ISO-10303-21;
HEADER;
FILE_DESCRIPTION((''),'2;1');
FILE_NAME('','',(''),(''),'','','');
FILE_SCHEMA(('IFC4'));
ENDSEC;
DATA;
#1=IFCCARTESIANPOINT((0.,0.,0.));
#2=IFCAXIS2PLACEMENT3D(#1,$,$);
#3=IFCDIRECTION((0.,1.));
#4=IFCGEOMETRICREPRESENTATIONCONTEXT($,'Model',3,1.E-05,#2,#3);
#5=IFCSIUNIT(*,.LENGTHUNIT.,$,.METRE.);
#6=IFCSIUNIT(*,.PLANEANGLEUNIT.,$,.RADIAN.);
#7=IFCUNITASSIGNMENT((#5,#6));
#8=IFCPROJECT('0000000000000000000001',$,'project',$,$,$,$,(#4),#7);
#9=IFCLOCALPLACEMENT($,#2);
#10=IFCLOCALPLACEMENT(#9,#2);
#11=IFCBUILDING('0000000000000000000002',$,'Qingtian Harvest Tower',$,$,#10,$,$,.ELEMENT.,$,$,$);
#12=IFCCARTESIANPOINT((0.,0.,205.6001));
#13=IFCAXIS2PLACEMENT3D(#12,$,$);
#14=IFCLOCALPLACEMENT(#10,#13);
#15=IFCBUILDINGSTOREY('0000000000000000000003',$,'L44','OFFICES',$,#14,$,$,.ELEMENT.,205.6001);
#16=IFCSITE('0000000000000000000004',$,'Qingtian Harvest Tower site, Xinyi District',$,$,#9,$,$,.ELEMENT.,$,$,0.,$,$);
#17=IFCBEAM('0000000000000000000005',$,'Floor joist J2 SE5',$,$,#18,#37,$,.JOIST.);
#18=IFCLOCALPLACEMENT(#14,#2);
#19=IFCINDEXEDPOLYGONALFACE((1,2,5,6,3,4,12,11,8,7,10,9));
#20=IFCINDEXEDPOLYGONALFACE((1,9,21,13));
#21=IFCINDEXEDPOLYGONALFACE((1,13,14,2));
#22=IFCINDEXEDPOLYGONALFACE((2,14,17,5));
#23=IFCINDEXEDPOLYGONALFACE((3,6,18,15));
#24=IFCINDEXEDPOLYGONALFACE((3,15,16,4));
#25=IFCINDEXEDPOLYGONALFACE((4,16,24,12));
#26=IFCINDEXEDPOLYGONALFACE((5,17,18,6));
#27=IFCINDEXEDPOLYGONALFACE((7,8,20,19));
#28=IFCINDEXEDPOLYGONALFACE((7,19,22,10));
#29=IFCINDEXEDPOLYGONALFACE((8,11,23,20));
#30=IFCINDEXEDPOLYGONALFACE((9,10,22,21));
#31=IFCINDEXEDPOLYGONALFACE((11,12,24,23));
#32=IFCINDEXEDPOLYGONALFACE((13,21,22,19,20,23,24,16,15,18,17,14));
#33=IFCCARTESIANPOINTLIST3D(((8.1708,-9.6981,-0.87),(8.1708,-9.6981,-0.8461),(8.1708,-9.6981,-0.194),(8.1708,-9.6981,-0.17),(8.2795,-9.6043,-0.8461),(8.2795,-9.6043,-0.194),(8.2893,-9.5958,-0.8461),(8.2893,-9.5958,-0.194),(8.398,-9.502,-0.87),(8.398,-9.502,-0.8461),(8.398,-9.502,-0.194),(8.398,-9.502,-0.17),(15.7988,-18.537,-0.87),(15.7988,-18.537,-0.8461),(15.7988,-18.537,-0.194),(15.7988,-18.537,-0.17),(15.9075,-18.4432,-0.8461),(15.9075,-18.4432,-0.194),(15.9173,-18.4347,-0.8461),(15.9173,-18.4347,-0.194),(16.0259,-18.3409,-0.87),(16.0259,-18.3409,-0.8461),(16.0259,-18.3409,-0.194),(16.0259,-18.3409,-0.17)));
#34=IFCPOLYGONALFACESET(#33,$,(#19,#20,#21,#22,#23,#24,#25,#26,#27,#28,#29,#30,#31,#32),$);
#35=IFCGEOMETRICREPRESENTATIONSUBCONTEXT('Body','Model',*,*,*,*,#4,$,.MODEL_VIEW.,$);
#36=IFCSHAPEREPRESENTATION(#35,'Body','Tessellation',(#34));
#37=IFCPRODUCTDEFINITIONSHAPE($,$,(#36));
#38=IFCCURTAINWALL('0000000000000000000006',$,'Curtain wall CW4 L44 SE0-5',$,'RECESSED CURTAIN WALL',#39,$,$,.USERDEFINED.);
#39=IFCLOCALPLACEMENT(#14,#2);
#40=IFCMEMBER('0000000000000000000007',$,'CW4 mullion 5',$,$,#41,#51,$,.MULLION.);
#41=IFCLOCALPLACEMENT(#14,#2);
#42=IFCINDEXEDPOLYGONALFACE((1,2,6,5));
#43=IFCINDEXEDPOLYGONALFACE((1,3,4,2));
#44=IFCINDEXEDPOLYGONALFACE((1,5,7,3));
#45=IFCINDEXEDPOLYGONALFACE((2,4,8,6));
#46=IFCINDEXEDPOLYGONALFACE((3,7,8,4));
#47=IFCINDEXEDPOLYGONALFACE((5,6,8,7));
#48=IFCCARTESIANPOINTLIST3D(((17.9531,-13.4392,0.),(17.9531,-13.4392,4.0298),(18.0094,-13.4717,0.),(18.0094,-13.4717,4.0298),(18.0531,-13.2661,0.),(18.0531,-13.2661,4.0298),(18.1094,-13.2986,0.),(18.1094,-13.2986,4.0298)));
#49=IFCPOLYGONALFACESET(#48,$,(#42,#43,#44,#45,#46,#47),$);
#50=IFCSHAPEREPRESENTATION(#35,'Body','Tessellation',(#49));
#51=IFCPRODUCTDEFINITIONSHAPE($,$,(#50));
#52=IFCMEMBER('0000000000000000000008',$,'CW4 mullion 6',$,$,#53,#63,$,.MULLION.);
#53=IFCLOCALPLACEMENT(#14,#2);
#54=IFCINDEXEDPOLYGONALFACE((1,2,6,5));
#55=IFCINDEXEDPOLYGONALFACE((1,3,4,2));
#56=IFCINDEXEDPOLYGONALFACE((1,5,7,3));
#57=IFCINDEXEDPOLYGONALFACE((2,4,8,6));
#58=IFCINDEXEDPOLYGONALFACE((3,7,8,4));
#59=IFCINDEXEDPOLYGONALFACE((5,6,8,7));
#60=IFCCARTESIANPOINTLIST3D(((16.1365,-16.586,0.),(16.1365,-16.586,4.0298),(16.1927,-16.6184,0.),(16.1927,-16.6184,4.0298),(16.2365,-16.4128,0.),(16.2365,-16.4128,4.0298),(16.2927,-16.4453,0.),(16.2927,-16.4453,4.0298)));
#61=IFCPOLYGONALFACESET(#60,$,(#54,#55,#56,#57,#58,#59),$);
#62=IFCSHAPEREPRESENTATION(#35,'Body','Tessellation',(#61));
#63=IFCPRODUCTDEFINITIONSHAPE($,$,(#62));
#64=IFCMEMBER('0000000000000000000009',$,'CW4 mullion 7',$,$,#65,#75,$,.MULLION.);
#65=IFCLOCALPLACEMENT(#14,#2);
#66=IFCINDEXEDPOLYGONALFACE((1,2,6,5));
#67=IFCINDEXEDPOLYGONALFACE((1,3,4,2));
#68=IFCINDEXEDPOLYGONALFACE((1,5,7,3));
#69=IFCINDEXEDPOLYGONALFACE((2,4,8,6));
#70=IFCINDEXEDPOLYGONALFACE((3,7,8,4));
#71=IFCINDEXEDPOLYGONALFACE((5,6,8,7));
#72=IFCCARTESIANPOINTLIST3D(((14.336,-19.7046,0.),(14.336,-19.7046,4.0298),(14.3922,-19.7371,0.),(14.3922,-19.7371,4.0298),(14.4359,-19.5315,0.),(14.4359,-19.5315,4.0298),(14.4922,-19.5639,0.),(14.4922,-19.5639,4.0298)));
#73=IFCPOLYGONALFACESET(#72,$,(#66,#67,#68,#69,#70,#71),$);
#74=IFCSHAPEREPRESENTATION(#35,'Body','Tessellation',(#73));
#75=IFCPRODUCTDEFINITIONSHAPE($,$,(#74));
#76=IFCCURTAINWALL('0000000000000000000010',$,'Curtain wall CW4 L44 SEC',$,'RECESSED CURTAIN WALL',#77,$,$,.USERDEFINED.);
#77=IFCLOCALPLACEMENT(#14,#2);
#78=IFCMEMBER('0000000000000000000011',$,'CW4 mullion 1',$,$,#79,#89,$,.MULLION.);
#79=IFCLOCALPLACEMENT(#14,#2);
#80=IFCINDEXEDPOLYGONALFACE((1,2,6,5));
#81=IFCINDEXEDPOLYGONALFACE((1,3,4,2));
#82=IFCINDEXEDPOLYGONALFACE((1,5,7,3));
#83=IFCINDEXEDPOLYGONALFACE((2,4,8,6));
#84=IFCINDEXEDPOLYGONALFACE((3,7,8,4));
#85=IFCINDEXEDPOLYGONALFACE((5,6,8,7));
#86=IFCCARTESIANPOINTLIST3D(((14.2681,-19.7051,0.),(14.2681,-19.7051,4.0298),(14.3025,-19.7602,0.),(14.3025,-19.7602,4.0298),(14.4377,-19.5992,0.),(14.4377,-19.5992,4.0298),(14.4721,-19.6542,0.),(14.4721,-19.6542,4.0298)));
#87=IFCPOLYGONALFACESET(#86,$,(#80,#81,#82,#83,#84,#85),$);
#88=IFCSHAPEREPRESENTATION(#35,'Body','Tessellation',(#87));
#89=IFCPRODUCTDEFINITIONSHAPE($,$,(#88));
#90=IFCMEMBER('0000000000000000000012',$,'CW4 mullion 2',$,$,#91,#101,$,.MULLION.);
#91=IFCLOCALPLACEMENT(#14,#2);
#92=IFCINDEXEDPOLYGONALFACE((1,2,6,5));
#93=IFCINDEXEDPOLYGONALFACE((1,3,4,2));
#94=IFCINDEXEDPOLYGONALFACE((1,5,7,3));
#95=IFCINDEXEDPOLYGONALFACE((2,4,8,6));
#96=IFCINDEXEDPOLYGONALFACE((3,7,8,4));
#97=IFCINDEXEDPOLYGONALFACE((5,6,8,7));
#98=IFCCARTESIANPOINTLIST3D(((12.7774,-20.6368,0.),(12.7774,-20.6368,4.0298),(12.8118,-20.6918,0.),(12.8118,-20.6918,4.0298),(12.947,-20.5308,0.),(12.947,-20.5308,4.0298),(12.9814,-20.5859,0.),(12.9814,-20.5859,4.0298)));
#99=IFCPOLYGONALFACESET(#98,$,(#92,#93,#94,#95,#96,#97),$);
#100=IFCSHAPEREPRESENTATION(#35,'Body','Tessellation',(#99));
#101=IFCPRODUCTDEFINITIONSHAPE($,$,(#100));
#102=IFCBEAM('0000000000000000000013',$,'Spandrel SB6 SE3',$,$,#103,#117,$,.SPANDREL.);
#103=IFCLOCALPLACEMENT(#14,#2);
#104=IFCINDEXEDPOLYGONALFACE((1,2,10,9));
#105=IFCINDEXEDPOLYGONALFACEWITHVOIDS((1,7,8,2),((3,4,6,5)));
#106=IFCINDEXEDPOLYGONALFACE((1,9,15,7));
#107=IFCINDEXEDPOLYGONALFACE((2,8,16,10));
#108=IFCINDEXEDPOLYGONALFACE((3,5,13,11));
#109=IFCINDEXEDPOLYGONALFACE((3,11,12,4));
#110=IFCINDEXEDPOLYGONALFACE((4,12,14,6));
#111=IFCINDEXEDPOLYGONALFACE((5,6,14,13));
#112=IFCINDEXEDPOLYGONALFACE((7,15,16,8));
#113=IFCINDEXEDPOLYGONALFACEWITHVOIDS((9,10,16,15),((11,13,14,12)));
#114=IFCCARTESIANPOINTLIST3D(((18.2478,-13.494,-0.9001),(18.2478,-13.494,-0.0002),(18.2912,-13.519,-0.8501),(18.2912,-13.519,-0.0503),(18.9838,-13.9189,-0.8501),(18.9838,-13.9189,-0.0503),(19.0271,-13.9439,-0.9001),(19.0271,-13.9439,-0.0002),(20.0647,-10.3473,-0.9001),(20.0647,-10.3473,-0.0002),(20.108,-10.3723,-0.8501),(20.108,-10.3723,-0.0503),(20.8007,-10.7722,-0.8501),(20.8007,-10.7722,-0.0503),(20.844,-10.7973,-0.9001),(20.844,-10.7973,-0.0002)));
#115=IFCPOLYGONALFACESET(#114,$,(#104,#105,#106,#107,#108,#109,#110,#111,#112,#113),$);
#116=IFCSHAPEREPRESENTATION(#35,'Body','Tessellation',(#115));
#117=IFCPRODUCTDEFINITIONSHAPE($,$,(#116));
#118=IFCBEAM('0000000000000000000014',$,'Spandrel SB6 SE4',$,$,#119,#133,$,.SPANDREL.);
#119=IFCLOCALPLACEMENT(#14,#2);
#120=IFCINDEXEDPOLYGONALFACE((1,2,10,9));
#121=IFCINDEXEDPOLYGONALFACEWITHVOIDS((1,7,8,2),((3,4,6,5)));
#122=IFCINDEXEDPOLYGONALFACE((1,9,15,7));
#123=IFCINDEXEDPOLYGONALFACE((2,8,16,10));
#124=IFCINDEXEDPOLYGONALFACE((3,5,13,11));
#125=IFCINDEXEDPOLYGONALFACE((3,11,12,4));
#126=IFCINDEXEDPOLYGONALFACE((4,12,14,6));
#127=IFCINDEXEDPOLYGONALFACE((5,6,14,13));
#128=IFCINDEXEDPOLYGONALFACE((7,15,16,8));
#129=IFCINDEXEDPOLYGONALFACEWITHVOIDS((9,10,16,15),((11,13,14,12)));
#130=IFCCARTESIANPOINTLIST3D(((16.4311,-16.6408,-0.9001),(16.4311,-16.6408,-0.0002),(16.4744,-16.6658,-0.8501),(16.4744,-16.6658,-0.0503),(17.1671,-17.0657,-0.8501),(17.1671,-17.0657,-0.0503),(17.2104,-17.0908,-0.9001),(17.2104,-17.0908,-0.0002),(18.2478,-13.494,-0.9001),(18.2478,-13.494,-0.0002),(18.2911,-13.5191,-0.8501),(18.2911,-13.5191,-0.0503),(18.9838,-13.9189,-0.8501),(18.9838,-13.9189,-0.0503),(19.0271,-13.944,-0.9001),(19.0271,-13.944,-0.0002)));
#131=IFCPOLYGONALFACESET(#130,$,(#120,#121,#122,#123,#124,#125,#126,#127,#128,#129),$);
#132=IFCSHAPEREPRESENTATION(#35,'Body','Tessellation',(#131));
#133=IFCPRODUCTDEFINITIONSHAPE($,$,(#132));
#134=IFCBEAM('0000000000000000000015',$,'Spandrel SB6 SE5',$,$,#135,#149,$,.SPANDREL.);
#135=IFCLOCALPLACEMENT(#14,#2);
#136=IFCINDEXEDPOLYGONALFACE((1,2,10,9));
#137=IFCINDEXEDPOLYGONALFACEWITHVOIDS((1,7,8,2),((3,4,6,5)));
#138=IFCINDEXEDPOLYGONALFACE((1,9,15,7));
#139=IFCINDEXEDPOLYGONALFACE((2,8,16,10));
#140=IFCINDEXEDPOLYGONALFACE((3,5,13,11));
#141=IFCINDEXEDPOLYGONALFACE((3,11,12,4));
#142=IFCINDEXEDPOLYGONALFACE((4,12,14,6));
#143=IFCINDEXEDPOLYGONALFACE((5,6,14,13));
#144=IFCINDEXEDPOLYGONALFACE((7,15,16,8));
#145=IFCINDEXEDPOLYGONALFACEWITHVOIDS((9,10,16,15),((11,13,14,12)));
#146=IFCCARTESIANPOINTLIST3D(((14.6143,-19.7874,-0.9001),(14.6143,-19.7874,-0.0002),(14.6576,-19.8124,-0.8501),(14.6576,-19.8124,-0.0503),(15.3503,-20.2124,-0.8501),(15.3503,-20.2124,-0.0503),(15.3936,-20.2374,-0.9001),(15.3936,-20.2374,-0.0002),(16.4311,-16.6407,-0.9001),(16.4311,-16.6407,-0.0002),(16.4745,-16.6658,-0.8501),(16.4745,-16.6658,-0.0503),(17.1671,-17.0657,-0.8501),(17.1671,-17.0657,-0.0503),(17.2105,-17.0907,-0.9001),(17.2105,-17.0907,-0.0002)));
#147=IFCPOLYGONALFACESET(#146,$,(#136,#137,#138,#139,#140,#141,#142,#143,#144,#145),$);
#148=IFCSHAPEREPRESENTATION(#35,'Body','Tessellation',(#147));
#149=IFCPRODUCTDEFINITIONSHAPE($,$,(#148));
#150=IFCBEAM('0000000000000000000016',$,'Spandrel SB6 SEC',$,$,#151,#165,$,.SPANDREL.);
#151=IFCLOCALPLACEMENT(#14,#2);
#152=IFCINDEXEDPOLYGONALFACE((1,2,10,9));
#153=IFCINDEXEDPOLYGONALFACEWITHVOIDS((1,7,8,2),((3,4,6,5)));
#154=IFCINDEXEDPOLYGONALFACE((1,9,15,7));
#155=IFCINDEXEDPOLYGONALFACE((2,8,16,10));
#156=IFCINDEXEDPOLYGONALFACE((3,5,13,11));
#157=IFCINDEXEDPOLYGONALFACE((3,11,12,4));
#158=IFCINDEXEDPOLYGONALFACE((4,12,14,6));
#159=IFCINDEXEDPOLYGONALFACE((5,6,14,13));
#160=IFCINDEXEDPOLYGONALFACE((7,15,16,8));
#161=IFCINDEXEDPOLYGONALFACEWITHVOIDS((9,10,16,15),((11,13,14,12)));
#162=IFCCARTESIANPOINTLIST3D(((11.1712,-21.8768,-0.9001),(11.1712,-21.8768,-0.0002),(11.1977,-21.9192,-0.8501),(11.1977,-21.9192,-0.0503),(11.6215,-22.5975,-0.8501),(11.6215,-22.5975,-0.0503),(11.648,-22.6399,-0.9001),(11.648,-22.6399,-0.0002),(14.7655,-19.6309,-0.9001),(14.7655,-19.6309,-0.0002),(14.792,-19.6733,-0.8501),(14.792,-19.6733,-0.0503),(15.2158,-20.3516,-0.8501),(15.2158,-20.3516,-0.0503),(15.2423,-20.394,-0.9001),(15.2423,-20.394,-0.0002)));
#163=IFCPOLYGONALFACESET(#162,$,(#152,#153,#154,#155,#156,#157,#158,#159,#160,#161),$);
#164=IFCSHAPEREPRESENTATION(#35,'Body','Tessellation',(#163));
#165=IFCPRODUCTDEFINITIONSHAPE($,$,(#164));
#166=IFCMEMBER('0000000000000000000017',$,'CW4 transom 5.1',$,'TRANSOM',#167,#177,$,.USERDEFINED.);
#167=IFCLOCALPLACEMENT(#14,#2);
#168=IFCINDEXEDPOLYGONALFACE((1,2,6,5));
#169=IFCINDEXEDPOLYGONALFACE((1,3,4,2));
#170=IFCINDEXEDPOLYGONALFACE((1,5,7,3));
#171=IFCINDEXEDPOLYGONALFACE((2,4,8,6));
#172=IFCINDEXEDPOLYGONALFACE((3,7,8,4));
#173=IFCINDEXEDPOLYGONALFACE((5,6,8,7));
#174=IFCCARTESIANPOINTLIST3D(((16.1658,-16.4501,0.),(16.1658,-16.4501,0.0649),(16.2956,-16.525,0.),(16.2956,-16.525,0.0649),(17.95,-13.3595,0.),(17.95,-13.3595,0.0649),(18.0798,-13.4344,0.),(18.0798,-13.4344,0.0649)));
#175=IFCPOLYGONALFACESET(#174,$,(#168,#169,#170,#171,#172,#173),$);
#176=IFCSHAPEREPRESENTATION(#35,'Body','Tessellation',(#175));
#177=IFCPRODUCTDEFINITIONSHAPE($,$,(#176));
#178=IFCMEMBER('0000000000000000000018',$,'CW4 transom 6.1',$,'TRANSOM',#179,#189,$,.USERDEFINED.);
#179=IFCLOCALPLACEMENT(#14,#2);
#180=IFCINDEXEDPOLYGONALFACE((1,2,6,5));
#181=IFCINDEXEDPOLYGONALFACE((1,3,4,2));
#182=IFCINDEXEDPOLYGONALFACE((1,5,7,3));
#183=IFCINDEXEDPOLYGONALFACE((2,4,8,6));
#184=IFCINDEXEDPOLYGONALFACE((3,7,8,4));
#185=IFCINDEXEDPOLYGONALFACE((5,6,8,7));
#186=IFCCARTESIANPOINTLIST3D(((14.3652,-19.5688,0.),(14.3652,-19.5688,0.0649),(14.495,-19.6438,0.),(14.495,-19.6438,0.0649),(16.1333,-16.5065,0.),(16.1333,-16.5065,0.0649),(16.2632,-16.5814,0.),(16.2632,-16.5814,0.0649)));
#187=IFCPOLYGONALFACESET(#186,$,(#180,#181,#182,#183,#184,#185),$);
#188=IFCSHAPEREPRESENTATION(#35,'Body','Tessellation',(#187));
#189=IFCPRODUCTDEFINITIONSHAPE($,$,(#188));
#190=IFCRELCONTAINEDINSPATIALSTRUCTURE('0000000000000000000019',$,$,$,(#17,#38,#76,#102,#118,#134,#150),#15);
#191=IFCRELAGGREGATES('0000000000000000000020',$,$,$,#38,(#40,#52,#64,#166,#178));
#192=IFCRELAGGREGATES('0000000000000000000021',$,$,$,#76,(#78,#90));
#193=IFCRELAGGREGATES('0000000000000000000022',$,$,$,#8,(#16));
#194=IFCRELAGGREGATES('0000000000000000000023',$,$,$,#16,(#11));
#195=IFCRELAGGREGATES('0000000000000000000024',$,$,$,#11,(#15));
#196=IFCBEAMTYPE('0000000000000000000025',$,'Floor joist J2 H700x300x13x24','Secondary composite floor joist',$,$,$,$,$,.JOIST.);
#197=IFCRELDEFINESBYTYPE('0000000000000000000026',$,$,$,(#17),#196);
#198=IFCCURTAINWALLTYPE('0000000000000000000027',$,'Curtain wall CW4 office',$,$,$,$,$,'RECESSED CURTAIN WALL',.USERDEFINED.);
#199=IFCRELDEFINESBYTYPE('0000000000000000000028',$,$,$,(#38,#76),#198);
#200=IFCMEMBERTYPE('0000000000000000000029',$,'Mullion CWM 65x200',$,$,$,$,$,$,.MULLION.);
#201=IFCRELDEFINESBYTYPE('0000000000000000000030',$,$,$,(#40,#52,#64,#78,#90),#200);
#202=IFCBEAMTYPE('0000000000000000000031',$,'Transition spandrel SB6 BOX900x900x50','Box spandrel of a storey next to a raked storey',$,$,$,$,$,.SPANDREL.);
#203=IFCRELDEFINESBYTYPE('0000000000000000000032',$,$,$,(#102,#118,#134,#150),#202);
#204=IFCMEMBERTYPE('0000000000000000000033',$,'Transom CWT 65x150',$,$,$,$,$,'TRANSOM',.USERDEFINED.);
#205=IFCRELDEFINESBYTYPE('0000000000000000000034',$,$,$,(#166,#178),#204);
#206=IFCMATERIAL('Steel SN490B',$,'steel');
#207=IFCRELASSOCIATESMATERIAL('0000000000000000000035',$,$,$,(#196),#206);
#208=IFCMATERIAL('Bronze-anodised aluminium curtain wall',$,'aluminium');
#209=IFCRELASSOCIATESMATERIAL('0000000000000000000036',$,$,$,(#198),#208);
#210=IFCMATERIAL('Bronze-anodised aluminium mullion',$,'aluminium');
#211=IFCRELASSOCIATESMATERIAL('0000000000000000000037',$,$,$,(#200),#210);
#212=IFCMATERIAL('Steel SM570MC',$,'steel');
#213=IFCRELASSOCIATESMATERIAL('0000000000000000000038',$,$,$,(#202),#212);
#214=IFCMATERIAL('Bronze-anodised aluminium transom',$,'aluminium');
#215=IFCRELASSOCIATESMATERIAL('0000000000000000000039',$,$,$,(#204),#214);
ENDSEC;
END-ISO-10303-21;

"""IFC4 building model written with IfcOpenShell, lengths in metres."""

from ifc_helpers import new_model, si_unit, direction, frame, origin, origin_2d, place, context, subcontext, project, spatial, rectangle, hollow_rectangle, i_section, extrude, material, material_profile, profile_set, type_object, element, aggregate, save


model = new_model("IFC4")

# Units and contexts
model_context = context("Model", 3, precision=1e-05, world=origin(), true_north=direction((0.0, 1.0)))
body_context = subcontext(model_context, "Body", "Model", "MODEL_VIEW")
ifc_project = project(units=[si_unit("LENGTHUNIT", "METRE"), si_unit("PLANEANGLEUNIT", "RADIAN")], contexts=[model_context])

# Site, building, storey
site_placement = place(None, origin())
site = spatial("IfcSite", under=ifc_project, at=site_placement, Name="Qingtian Harvest Tower site, Xinyi District", CompositionType="ELEMENT", RefElevation=0.0)
building_placement = place(site_placement, origin())
building = spatial("IfcBuilding", under=site, at=building_placement, Name="Qingtian Harvest Tower", CompositionType="ELEMENT")
storey_placement = place(building_placement, frame((0.0, 0.0, 205.6001)))
storey = spatial("IfcBuildingStorey", under=building, at=storey_placement, Name="L44", Description="OFFICES", CompositionType="ELEMENT", Elevation=205.6001)

# Beam
ifc_material_1 = material(Name="Steel SN490B", Category="steel")
ifc_material_profile_1 = material_profile(ifc_material_1, i_section(OverallWidth=0.3, OverallDepth=0.7, WebThickness=0.0129, FlangeThickness=0.0239, at=origin_2d()), Name="H700x300x13x24")
ifc_profile_set_1 = profile_set([ifc_material_profile_1], Name="Steel SN490B")
beam_type_1 = type_object("IfcBeamType", Name="Floor joist J2 H700x300x13x24", Description="Secondary composite floor joist", PredefinedType="JOIST", material=ifc_profile_set_1)
beam_1_placement = place(storey_placement, frame((15.9124, -18.439, -0.52), z_axis=(-0.653343, 0.757062, 0.0), x_axis=(-0.757062, -0.653343, 0.0)))
element("IfcBeam", 1, at=beam_1_placement, inside=storey, type_object=beam_type_1, Name="Floor joist J2 SE5", PredefinedType="JOIST", context=body_context, shape_type="SweptSolid", body=[
    extrude(i_section(OverallWidth=0.3, OverallDepth=0.7, WebThickness=0.0129, FlangeThickness=0.0239, at=origin_2d()), origin(), (0.0, 0.0, 1.0), 11.6753),
])

# Curtain walls, members
ifc_material_2 = material(Name="Bronze-anodised aluminium curtain wall", Category="aluminium")
curtain_wall_type = type_object("IfcCurtainWallType", Name="Curtain wall CW4 office", ElementType="RECESSED CURTAIN WALL", PredefinedType="USERDEFINED", material=ifc_material_2)
curtain_wall_1_placement = place(storey_placement, origin())
curtain_wall_1 = element("IfcCurtainWall", 2, at=curtain_wall_1_placement, inside=storey, type_object=curtain_wall_type, Name="Curtain wall CW4 L44 SE0-5", ObjectType="RECESSED CURTAIN WALL", PredefinedType="USERDEFINED")
ifc_material_3 = material(Name="Bronze-anodised aluminium mullion", Category="aluminium")
ifc_material_profile_2 = material_profile(ifc_material_3, rectangle(XDim=0.0649, YDim=0.2, at=origin_2d()), Name="AL 65x200")
ifc_profile_set_2 = profile_set([ifc_material_profile_2], Name="Bronze-anodised aluminium mullion")
member_type_1 = type_object("IfcMemberType", Name="Mullion CWM 65x200", PredefinedType="MULLION", material=ifc_profile_set_2)
member_1_placement = place(storey_placement, frame((18.0312, -13.3689, 0.0), z_axis=(0.0, 0.0, 1.0), x_axis=(0.866025, -0.5, 0.0)))
member_1 = element("IfcMember", 3, at=member_1_placement, type_object=member_type_1, Name="CW4 mullion 5", PredefinedType="MULLION", context=body_context, shape_type="SweptSolid", body=[
    extrude(rectangle(XDim=0.0649, YDim=0.2, at=origin_2d()), origin(), (0.0, 0.0, 1.0), 4.0298),
])
member_2_placement = place(storey_placement, frame((16.2146, -16.5156, 0.0), z_axis=(0.0, 0.0, 1.0), x_axis=(0.866025, -0.5, 0.0)))
member_2 = element("IfcMember", 4, at=member_2_placement, type_object=member_type_1, Name="CW4 mullion 6", PredefinedType="MULLION", context=body_context, shape_type="SweptSolid", body=[
    extrude(rectangle(XDim=0.0649, YDim=0.2, at=origin_2d()), origin(), (0.0, 0.0, 1.0), 4.0298),
])
member_3_placement = place(storey_placement, frame((14.4141, -19.6343, 0.0), z_axis=(0.0, 0.0, 1.0), x_axis=(0.866025, -0.5, 0.0)))
member_3 = element("IfcMember", 5, at=member_3_placement, type_object=member_type_1, Name="CW4 mullion 7", PredefinedType="MULLION", context=body_context, shape_type="SweptSolid", body=[
    extrude(rectangle(XDim=0.0649, YDim=0.2, at=origin_2d()), origin(), (0.0, 0.0, 1.0), 4.0298),
])
curtain_wall_2_placement = place(storey_placement, origin())
curtain_wall_2 = element("IfcCurtainWall", 6, at=curtain_wall_2_placement, inside=storey, type_object=curtain_wall_type, Name="Curtain wall CW4 L44 SEC", ObjectType="RECESSED CURTAIN WALL", PredefinedType="USERDEFINED")
member_4_placement = place(storey_placement, frame((14.3701, -19.6797, 0.0), z_axis=(0.0, 0.0, 1.0), x_axis=(0.529919, -0.848048, 0.0)))
member_4 = element("IfcMember", 7, at=member_4_placement, type_object=member_type_1, Name="CW4 mullion 1", PredefinedType="MULLION", context=body_context, shape_type="SweptSolid", body=[
    extrude(rectangle(XDim=0.0649, YDim=0.2, at=origin_2d()), origin(), (0.0, 0.0, 1.0), 4.0298),
])
member_5_placement = place(storey_placement, frame((12.8794, -20.6113, 0.0), z_axis=(0.0, 0.0, 1.0), x_axis=(0.529919, -0.848048, 0.0)))
member_5 = element("IfcMember", 8, at=member_5_placement, type_object=member_type_1, Name="CW4 mullion 2", PredefinedType="MULLION", context=body_context, shape_type="SweptSolid", body=[
    extrude(rectangle(XDim=0.0649, YDim=0.2, at=origin_2d()), origin(), (0.0, 0.0, 1.0), 4.0298),
])

# Beams
ifc_material_4 = material(Name="Steel SM570MC", Category="steel")
ifc_material_profile_3 = material_profile(ifc_material_4, hollow_rectangle(XDim=0.8999, YDim=0.8999, WallThickness=0.05, at=origin_2d()), Name="BOX900x900x50")
ifc_profile_set_3 = profile_set([ifc_material_profile_3], Name="Steel SM570MC")
beam_type_2 = type_object("IfcBeamType", Name="Transition spandrel SB6 BOX900x900x50", Description="Box spandrel of a storey next to a raked storey", PredefinedType="SPANDREL", material=ifc_profile_set_3)
for number, where, z_axis, x_axis, name in (
    (9, (20.4543, -10.5723, -0.4502), (-0.500027, -0.86601, 0.0), (0.86601, -0.500027, 0.0), "Spandrel SB6 SE3"),
    (10, (18.6375, -13.719, -0.4502), (-0.499976, -0.866039, 0.0), (0.866039, -0.499976, 0.0), "Spandrel SB6 SE4"),
    (11, (16.8208, -16.8657, -0.4502), (-0.500027, -0.86601, 0.0), (0.86601, -0.500027, 0.0), "Spandrel SB6 SE5"),
):
    element("IfcBeam", number, at=place(storey_placement, frame(where, z_axis=z_axis, x_axis=x_axis)), inside=storey, type_object=beam_type_2, Name=name, PredefinedType="SPANDREL", context=body_context, shape_type="SweptSolid", body=[
        extrude(hollow_rectangle(XDim=0.8999, YDim=0.8999, WallThickness=0.05, at=origin_2d()), origin(), (0.0, 0.0, 1.0), 3.6335),
    ])
beam_2_placement = place(storey_placement, frame((15.0039, -20.0125, -0.4502), z_axis=(-0.848057, -0.529906, 0.0), x_axis=(0.529906, -0.848057, 0.0)))
element("IfcBeam", 12, at=beam_2_placement, inside=storey, type_object=beam_type_2, Name="Spandrel SB6 SEC", PredefinedType="SPANDREL", context=body_context, shape_type="SweptSolid", body=[
    extrude(hollow_rectangle(XDim=0.8999, YDim=0.8999, WallThickness=0.05, at=origin_2d()), origin(), (0.0, 0.0, 1.0), 4.2383),
])

# Members
ifc_material_5 = material(Name="Bronze-anodised aluminium transom", Category="aluminium")
ifc_material_profile_4 = material_profile(ifc_material_5, rectangle(XDim=0.1499, YDim=0.0649, at=origin_2d()), Name="AL 65x150")
ifc_profile_set_4 = profile_set([ifc_material_profile_4], Name="Bronze-anodised aluminium transom")
member_type_2 = type_object("IfcMemberType", Name="Transom CWT 65x150", ElementType="TRANSOM", PredefinedType="USERDEFINED", material=ifc_profile_set_4)
member_6_placement = place(storey_placement, frame((18.0149, -13.397, 0.0325), z_axis=(-0.499965, -0.866045, 0.0), x_axis=(0.866045, -0.499965, 0.0)))
member_6 = element("IfcMember", 13, at=member_6_placement, type_object=member_type_2, Name="CW4 transom 5.1", ObjectType="TRANSOM", PredefinedType="USERDEFINED", context=body_context, shape_type="SweptSolid", body=[
    extrude(rectangle(XDim=0.1499, YDim=0.0649, at=origin_2d()), origin(), (0.0, 0.0, 1.0), 3.5686),
])
member_7_placement = place(storey_placement, frame((16.1982, -16.5439, 0.0325), z_axis=(-0.500015, -0.866017, 0.0), x_axis=(0.866017, -0.500015, 0.0)))
member_7 = element("IfcMember", 14, at=member_7_placement, type_object=member_type_2, Name="CW4 transom 6.1", ObjectType="TRANSOM", PredefinedType="USERDEFINED", context=body_context, shape_type="SweptSolid", body=[
    extrude(rectangle(XDim=0.1499, YDim=0.0649, at=origin_2d()), origin(), (0.0, 0.0, 1.0), 3.5361),
])

aggregate(curtain_wall_1, [member_1, member_2, member_3, member_6, member_7])
aggregate(curtain_wall_2, [member_4, member_5])

save(model, "model.ifc")
